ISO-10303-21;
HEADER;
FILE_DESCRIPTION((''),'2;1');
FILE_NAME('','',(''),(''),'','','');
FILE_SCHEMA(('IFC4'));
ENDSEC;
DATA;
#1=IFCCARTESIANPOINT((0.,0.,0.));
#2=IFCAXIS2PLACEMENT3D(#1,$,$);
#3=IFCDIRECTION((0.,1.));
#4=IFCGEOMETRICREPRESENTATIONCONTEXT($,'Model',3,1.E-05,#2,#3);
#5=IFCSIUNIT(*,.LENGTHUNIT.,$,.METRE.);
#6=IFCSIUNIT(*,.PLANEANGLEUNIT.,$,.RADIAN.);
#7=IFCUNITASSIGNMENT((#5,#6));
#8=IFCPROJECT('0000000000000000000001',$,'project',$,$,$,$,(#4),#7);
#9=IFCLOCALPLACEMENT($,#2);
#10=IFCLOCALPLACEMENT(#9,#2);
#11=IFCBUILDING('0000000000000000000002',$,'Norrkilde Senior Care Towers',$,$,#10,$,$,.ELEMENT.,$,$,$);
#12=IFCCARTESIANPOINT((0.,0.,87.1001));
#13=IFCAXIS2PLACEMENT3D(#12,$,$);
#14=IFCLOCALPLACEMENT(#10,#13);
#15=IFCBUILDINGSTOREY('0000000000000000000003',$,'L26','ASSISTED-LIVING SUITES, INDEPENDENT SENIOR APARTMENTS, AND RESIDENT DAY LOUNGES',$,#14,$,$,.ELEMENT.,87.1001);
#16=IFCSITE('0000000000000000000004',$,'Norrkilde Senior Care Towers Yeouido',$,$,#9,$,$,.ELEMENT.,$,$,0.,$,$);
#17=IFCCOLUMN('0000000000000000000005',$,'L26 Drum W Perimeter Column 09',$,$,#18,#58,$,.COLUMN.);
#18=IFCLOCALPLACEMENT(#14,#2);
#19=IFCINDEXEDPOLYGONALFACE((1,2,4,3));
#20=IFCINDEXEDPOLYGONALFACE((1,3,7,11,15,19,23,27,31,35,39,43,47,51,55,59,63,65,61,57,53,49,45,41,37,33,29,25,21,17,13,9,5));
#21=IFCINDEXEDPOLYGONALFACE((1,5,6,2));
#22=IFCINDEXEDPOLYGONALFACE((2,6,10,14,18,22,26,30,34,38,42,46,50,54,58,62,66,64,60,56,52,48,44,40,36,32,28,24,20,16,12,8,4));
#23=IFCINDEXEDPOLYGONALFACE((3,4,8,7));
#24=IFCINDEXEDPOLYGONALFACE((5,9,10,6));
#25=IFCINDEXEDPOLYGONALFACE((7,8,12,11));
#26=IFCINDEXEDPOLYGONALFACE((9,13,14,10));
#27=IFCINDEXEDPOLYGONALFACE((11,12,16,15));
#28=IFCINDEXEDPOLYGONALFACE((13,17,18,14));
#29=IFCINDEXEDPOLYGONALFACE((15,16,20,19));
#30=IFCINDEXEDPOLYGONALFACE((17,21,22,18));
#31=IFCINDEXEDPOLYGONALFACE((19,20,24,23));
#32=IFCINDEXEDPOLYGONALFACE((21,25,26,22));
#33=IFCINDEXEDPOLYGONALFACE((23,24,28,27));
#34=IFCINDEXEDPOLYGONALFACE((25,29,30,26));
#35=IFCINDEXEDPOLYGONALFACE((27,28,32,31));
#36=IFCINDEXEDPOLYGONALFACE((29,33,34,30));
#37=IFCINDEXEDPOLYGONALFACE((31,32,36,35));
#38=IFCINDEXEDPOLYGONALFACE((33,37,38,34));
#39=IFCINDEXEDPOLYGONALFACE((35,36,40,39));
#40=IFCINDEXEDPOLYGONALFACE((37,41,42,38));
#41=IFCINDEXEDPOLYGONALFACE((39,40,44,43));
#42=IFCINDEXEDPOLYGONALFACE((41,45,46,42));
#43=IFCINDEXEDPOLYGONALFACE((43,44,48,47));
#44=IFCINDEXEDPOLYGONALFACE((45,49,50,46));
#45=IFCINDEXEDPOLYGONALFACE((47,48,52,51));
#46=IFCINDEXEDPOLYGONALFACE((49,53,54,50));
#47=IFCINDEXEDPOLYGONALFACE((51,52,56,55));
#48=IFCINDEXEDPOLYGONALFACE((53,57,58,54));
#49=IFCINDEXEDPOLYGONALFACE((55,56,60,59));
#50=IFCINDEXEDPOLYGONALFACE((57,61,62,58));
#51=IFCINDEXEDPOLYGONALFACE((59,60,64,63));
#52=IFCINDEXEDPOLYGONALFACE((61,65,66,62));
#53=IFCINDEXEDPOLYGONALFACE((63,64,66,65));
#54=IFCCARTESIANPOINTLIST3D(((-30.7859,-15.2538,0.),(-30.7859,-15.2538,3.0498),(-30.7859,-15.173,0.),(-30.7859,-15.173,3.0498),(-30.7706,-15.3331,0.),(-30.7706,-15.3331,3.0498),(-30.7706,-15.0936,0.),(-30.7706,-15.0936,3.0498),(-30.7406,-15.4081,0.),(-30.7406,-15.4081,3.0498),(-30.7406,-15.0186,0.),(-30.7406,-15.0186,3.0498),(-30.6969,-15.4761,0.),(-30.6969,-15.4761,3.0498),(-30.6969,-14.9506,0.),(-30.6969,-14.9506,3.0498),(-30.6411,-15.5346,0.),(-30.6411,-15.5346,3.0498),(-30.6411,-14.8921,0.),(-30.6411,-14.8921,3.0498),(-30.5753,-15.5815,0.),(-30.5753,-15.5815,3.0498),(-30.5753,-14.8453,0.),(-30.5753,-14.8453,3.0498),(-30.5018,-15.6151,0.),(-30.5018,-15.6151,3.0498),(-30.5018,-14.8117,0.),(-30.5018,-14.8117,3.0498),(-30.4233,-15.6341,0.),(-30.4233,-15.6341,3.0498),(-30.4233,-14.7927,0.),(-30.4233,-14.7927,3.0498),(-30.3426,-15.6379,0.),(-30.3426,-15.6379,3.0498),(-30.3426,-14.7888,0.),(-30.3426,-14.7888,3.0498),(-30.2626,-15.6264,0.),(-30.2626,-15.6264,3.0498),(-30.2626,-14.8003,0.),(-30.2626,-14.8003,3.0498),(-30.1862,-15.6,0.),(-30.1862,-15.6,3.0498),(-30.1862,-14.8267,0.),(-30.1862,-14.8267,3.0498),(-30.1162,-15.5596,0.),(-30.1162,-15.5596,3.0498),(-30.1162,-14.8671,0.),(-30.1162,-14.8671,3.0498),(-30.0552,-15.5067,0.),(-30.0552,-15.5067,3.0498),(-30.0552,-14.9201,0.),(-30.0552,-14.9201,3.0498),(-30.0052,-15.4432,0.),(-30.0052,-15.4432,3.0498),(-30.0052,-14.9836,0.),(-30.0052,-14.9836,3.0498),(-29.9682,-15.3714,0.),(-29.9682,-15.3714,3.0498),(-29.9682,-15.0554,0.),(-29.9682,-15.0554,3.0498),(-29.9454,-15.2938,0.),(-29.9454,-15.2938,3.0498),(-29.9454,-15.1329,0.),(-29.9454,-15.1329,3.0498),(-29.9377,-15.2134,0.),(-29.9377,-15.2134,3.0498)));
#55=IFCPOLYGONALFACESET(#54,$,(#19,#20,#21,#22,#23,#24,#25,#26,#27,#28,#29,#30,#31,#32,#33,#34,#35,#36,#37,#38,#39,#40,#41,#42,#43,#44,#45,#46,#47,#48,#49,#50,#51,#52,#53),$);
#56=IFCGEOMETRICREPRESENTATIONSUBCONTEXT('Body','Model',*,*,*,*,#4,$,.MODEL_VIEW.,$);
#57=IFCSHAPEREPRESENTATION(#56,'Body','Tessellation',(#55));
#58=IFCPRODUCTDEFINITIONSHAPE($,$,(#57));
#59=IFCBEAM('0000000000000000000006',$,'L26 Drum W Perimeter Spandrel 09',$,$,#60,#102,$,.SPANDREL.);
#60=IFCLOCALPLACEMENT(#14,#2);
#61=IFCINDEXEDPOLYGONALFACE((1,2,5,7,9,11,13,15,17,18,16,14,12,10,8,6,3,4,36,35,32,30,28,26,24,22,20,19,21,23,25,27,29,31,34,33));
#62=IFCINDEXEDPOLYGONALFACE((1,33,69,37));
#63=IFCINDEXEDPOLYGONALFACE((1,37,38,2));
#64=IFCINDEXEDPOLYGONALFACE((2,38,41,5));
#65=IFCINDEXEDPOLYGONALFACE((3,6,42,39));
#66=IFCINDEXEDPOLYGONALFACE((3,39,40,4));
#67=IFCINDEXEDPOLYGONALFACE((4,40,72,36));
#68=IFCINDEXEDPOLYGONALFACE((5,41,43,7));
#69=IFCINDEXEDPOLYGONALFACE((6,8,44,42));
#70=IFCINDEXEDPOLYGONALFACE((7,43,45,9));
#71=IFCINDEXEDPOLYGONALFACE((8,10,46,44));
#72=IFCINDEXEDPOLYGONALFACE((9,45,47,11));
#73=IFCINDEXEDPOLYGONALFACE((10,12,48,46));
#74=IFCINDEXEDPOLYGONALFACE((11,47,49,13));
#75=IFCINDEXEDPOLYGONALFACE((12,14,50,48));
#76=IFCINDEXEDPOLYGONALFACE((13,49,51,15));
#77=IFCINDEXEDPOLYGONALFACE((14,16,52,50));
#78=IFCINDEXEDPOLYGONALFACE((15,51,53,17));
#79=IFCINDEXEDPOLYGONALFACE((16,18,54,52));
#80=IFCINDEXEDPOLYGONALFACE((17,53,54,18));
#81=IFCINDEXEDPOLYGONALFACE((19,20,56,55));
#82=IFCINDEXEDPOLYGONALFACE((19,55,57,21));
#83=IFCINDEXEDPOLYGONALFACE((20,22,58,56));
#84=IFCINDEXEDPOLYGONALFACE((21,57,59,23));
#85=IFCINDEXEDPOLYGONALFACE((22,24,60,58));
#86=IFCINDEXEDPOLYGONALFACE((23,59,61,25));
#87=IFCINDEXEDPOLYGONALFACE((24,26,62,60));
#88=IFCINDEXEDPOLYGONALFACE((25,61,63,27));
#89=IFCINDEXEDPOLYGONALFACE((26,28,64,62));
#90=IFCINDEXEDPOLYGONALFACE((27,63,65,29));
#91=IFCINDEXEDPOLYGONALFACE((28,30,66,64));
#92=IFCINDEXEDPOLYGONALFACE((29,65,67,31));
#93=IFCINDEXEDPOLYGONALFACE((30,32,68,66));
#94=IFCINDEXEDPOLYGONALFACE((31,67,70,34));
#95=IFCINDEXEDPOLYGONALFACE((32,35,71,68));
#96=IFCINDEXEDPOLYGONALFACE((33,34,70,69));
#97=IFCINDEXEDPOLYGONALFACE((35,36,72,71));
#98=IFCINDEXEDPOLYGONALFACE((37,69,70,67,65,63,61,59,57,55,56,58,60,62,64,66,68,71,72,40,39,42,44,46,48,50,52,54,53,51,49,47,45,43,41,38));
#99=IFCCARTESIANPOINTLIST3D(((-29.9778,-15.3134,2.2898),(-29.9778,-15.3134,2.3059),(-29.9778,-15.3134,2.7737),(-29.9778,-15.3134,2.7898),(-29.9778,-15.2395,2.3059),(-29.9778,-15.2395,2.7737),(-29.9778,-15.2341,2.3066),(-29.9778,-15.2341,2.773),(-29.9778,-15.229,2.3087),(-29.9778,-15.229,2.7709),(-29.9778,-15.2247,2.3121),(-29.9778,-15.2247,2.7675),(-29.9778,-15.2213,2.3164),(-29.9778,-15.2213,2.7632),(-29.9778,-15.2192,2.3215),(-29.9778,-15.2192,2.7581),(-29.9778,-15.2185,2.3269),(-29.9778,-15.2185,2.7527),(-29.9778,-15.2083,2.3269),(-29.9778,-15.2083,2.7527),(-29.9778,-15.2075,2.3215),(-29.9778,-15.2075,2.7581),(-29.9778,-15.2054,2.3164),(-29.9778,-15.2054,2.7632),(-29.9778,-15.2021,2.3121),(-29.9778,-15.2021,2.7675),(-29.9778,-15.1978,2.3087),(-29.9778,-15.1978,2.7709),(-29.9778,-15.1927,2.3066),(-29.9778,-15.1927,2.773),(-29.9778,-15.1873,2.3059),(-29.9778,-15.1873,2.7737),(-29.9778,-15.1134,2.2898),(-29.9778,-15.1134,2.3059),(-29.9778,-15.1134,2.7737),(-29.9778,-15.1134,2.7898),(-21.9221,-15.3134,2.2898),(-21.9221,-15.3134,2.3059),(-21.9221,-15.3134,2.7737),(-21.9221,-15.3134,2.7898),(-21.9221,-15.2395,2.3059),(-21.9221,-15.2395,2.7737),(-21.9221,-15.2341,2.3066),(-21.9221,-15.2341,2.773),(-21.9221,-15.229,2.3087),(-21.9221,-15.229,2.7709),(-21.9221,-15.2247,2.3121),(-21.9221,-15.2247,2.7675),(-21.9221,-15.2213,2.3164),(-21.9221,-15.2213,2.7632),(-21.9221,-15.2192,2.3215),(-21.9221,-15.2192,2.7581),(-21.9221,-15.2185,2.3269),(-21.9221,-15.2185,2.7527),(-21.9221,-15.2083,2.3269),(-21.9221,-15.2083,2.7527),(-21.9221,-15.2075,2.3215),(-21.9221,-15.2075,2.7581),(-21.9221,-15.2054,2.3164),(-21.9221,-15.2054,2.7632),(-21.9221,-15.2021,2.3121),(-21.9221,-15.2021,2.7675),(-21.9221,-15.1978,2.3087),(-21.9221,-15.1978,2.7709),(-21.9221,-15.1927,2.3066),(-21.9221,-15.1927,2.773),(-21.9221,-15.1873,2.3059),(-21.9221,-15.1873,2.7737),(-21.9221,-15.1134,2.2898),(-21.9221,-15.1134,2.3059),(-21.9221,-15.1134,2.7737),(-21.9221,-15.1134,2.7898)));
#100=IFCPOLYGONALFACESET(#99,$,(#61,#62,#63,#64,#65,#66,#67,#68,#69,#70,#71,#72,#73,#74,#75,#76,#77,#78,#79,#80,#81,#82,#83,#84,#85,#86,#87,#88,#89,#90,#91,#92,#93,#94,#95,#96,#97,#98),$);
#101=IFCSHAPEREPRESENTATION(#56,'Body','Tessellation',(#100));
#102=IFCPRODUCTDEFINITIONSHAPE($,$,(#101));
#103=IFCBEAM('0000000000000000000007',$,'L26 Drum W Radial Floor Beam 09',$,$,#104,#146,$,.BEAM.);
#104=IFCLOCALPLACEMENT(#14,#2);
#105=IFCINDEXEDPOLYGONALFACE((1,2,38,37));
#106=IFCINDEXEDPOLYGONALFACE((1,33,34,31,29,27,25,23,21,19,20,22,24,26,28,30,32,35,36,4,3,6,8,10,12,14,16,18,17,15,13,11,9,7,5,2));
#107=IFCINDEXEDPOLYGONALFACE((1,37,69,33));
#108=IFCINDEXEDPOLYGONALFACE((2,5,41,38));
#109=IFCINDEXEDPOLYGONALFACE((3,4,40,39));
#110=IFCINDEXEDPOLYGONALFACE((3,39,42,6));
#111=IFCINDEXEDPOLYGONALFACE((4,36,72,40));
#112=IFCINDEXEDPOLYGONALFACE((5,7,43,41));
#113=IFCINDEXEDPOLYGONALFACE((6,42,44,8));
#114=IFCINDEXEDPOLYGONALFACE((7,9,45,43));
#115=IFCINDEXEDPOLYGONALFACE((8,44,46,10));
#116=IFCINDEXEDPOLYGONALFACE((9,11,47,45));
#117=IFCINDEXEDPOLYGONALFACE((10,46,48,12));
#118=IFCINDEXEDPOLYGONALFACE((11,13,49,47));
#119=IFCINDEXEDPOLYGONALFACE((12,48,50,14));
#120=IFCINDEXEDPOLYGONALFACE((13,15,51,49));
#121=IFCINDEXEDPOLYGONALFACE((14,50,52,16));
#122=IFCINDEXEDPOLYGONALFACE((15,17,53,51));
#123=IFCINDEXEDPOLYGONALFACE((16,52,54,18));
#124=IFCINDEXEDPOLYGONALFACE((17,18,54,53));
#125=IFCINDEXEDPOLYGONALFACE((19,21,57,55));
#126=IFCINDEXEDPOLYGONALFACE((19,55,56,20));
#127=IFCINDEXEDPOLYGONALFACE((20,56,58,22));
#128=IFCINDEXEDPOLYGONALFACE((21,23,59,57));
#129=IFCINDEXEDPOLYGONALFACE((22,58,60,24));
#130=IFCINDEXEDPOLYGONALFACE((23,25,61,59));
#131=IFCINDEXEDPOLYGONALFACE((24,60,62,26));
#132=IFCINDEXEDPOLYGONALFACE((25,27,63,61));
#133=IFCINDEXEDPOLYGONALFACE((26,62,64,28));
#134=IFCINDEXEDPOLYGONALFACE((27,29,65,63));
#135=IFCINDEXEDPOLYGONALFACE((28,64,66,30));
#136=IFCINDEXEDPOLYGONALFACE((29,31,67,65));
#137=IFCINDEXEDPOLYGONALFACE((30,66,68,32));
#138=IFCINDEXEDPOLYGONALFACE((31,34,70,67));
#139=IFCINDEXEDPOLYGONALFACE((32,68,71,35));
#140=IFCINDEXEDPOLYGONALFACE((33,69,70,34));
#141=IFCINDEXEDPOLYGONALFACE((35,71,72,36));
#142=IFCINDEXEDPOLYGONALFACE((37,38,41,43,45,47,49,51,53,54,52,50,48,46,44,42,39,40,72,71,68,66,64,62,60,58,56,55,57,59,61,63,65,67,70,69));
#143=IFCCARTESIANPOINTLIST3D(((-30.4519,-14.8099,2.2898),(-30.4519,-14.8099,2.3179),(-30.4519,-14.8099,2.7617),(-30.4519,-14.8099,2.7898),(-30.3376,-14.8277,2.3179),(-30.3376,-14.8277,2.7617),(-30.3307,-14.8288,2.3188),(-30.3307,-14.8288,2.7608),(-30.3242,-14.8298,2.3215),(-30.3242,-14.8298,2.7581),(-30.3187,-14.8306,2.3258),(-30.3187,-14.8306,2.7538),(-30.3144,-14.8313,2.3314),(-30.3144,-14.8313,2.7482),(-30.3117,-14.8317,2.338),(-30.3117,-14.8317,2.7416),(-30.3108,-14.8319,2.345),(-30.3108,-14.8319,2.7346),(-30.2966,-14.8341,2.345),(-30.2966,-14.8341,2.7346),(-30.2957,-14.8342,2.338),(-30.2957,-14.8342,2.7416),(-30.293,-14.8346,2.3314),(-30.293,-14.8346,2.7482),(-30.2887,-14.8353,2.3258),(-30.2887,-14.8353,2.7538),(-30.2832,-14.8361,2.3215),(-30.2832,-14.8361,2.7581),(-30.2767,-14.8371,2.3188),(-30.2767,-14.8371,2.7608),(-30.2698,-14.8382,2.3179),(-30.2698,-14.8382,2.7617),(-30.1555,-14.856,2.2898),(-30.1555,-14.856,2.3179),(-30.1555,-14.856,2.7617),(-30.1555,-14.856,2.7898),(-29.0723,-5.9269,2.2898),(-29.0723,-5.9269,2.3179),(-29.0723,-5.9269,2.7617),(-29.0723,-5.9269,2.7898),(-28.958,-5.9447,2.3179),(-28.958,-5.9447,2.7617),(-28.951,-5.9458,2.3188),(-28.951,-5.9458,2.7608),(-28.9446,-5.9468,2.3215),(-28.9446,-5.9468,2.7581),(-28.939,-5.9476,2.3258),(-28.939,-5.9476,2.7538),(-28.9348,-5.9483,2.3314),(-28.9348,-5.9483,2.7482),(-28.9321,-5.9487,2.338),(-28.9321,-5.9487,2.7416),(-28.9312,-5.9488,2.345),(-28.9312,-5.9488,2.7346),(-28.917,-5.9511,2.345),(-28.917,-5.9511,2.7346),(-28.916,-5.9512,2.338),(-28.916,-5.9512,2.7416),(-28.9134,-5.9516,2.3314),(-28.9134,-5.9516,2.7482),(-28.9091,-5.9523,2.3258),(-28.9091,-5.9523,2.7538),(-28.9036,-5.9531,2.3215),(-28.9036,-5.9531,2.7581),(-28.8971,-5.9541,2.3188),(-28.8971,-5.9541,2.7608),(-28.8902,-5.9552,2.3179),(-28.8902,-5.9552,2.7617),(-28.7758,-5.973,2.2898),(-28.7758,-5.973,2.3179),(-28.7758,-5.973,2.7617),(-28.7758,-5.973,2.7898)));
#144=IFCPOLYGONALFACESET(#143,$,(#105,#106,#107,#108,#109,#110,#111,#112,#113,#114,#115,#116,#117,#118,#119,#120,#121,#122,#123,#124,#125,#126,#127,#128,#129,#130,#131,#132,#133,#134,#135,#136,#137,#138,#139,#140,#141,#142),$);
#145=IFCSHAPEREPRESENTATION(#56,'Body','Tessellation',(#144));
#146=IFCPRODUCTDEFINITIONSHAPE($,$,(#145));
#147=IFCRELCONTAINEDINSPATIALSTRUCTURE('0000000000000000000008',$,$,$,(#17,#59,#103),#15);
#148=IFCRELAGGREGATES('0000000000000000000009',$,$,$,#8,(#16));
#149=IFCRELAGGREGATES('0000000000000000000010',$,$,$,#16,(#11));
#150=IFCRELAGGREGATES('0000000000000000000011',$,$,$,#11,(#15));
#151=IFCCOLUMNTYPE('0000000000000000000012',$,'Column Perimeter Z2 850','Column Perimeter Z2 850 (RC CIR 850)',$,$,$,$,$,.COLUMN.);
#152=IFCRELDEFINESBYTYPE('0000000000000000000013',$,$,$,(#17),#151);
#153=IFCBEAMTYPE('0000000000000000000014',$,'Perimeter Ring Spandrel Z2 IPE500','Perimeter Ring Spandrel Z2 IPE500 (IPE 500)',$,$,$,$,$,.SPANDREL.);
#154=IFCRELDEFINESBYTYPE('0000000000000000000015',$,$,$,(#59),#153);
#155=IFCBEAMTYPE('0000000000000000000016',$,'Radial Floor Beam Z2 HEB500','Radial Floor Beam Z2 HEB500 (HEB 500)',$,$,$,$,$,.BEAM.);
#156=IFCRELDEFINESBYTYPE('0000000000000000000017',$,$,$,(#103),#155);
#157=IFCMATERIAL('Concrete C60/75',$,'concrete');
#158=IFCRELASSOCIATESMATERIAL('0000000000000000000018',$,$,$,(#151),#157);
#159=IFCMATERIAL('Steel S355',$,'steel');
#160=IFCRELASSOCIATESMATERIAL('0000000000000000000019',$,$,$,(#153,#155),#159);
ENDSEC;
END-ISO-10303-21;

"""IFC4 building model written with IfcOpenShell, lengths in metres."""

from ifc_helpers import new_model, si_unit, direction, frame, origin, origin_2d, place, context, subcontext, project, spatial, circle, i_section, extrude, source, transform, mapped, material, material_profile, profile_set, type_object, type_shapes, element, save


model = new_model("IFC4")

# Units and contexts
model_context = context("Model", 3, precision=1e-05, world=origin(), true_north=direction((0.0, 1.0)))
body_context = subcontext(model_context, "Body", "Model", "MODEL_VIEW")
ifc_project = project(units=[si_unit("LENGTHUNIT", "METRE"), si_unit("PLANEANGLEUNIT", "RADIAN")], contexts=[model_context])

# Site, building, storey
site_placement = place(None, origin())
site = spatial("IfcSite", under=ifc_project, at=site_placement, Name="Norrkilde Senior Care Towers Yeouido", CompositionType="ELEMENT", RefElevation=0.0)
building_placement = place(site_placement, origin())
building = spatial("IfcBuilding", under=site, at=building_placement, Name="Norrkilde Senior Care Towers", CompositionType="ELEMENT")
storey_placement = place(building_placement, frame((0.0, 0.0, 87.1001)))
storey = spatial("IfcBuildingStorey", under=building, at=storey_placement, Name="L26", Description="ASSISTED-LIVING SUITES, INDEPENDENT SENIOR APARTMENTS, AND RESIDENT DAY LOUNGES", CompositionType="ELEMENT", Elevation=87.1001)

# Column
ifc_material_1 = material(Name="Concrete C60/75", Category="concrete")
ifc_material_profile_1 = material_profile(ifc_material_1, circle(Radius=0.425, at=origin_2d()), Name="RC CIR 850")
ifc_profile_set_1 = profile_set([ifc_material_profile_1], Name="Concrete C60/75")
column_type = type_object("IfcColumnType", Name="Column Perimeter Z2 850", Description="Column Perimeter Z2 850 (RC CIR 850)", PredefinedType="COLUMN", material=ifc_profile_set_1)
shared_shape_1 = source(origin(), body_context, "Body", "SweptSolid", [
    extrude(circle(Radius=0.425, at=origin_2d()), origin(), (0.0, 0.0, 1.0), 3.0498),
])
type_shapes(column_type, [shared_shape_1])
column_placement = place(storey_placement, frame((-30.3628, -15.2134, 0.0), z_axis=(0.0, 0.0, 1.0), x_axis=(1.0, 0.0, 0.0)))
element("IfcColumn", 1, at=column_placement, inside=storey, type_object=column_type, Name="L26 Drum W Perimeter Column 09", PredefinedType="COLUMN", context=body_context, shape_type="MappedRepresentation", body=[
    mapped(shared_shape_1, transform((0.0, 0.0, 0.0), x_axis=(1.0, 0.0, 0.0), y_axis=(0.0, 1.0, 0.0), z_axis=(0.0, 0.0, 1.0), scale=1.0)),
])

# Beams
ifc_material_2 = material(Name="Steel S355", Category="steel")
ifc_material_profile_2 = material_profile(ifc_material_2, i_section(OverallWidth=0.2, OverallDepth=0.5, WebThickness=0.0103, FlangeThickness=0.0161, FilletRadius=0.021, at=origin_2d()), Name="IPE 500")
ifc_profile_set_2 = profile_set([ifc_material_profile_2], Name="Steel S355")
beam_type_1 = type_object("IfcBeamType", Name="Perimeter Ring Spandrel Z2 IPE500", Description="Perimeter Ring Spandrel Z2 IPE500 (IPE 500)", PredefinedType="SPANDREL", material=ifc_profile_set_2)
shared_shape_2 = source(origin(), body_context, "Body", "SweptSolid", [
    extrude(i_section(OverallWidth=0.2, OverallDepth=0.5, WebThickness=0.0103, FlangeThickness=0.0161, FilletRadius=0.021, at=origin_2d()), origin(), (0.0, 0.0, 1.0), 8.0557),
])
type_shapes(beam_type_1, [shared_shape_2])
beam_1_placement = place(storey_placement, frame((-29.9778, -15.2134, 2.5398), z_axis=(1.0, 0.0, 0.0), x_axis=(0.0, 1.0, 0.0)))
element("IfcBeam", 2, at=beam_1_placement, inside=storey, type_object=beam_type_1, Name="L26 Drum W Perimeter Spandrel 09", PredefinedType="SPANDREL", context=body_context, shape_type="MappedRepresentation", body=[
    mapped(shared_shape_2, transform((0.0, 0.0, 0.0), x_axis=(1.0, 0.0, 0.0), y_axis=(0.0, 1.0, 0.0), z_axis=(0.0, 0.0, 1.0), scale=1.0)),
])
ifc_material_profile_3 = material_profile(ifc_material_2, i_section(OverallWidth=0.3, OverallDepth=0.5, WebThickness=0.0144, FlangeThickness=0.0281, FilletRadius=0.0271, at=origin_2d()), Name="HEB 500")
ifc_profile_set_3 = profile_set([ifc_material_profile_3], Name="Steel S355")
beam_type_2 = type_object("IfcBeamType", Name="Radial Floor Beam Z2 HEB500", Description="Radial Floor Beam Z2 HEB500 (HEB 500)", PredefinedType="BEAM", material=ifc_profile_set_3)
shared_shape_3 = source(origin(), body_context, "Body", "SweptSolid", [
    extrude(i_section(OverallWidth=0.3, OverallDepth=0.5, WebThickness=0.0144, FlangeThickness=0.0281, FilletRadius=0.0271, at=origin_2d()), origin(), (0.0, 0.0, 1.0), 8.9895),
])
beam_2_placement = place(storey_placement, frame((-28.9241, -5.95, 2.5398), z_axis=(-0.153471, -0.988153, 0.0), x_axis=(0.988153, -0.153471, 0.0)))
element("IfcBeam", 3, at=beam_2_placement, inside=storey, type_object=beam_type_2, Name="L26 Drum W Radial Floor Beam 09", PredefinedType="BEAM", context=body_context, shape_type="MappedRepresentation", body=[
    mapped(shared_shape_3, transform((0.0, 0.0, 0.0), x_axis=(1.0, 0.0, 0.0), y_axis=(0.0, 1.0, 0.0), z_axis=(0.0, 0.0, 1.0), scale=1.0)),
])

save(model, "model.ifc")
